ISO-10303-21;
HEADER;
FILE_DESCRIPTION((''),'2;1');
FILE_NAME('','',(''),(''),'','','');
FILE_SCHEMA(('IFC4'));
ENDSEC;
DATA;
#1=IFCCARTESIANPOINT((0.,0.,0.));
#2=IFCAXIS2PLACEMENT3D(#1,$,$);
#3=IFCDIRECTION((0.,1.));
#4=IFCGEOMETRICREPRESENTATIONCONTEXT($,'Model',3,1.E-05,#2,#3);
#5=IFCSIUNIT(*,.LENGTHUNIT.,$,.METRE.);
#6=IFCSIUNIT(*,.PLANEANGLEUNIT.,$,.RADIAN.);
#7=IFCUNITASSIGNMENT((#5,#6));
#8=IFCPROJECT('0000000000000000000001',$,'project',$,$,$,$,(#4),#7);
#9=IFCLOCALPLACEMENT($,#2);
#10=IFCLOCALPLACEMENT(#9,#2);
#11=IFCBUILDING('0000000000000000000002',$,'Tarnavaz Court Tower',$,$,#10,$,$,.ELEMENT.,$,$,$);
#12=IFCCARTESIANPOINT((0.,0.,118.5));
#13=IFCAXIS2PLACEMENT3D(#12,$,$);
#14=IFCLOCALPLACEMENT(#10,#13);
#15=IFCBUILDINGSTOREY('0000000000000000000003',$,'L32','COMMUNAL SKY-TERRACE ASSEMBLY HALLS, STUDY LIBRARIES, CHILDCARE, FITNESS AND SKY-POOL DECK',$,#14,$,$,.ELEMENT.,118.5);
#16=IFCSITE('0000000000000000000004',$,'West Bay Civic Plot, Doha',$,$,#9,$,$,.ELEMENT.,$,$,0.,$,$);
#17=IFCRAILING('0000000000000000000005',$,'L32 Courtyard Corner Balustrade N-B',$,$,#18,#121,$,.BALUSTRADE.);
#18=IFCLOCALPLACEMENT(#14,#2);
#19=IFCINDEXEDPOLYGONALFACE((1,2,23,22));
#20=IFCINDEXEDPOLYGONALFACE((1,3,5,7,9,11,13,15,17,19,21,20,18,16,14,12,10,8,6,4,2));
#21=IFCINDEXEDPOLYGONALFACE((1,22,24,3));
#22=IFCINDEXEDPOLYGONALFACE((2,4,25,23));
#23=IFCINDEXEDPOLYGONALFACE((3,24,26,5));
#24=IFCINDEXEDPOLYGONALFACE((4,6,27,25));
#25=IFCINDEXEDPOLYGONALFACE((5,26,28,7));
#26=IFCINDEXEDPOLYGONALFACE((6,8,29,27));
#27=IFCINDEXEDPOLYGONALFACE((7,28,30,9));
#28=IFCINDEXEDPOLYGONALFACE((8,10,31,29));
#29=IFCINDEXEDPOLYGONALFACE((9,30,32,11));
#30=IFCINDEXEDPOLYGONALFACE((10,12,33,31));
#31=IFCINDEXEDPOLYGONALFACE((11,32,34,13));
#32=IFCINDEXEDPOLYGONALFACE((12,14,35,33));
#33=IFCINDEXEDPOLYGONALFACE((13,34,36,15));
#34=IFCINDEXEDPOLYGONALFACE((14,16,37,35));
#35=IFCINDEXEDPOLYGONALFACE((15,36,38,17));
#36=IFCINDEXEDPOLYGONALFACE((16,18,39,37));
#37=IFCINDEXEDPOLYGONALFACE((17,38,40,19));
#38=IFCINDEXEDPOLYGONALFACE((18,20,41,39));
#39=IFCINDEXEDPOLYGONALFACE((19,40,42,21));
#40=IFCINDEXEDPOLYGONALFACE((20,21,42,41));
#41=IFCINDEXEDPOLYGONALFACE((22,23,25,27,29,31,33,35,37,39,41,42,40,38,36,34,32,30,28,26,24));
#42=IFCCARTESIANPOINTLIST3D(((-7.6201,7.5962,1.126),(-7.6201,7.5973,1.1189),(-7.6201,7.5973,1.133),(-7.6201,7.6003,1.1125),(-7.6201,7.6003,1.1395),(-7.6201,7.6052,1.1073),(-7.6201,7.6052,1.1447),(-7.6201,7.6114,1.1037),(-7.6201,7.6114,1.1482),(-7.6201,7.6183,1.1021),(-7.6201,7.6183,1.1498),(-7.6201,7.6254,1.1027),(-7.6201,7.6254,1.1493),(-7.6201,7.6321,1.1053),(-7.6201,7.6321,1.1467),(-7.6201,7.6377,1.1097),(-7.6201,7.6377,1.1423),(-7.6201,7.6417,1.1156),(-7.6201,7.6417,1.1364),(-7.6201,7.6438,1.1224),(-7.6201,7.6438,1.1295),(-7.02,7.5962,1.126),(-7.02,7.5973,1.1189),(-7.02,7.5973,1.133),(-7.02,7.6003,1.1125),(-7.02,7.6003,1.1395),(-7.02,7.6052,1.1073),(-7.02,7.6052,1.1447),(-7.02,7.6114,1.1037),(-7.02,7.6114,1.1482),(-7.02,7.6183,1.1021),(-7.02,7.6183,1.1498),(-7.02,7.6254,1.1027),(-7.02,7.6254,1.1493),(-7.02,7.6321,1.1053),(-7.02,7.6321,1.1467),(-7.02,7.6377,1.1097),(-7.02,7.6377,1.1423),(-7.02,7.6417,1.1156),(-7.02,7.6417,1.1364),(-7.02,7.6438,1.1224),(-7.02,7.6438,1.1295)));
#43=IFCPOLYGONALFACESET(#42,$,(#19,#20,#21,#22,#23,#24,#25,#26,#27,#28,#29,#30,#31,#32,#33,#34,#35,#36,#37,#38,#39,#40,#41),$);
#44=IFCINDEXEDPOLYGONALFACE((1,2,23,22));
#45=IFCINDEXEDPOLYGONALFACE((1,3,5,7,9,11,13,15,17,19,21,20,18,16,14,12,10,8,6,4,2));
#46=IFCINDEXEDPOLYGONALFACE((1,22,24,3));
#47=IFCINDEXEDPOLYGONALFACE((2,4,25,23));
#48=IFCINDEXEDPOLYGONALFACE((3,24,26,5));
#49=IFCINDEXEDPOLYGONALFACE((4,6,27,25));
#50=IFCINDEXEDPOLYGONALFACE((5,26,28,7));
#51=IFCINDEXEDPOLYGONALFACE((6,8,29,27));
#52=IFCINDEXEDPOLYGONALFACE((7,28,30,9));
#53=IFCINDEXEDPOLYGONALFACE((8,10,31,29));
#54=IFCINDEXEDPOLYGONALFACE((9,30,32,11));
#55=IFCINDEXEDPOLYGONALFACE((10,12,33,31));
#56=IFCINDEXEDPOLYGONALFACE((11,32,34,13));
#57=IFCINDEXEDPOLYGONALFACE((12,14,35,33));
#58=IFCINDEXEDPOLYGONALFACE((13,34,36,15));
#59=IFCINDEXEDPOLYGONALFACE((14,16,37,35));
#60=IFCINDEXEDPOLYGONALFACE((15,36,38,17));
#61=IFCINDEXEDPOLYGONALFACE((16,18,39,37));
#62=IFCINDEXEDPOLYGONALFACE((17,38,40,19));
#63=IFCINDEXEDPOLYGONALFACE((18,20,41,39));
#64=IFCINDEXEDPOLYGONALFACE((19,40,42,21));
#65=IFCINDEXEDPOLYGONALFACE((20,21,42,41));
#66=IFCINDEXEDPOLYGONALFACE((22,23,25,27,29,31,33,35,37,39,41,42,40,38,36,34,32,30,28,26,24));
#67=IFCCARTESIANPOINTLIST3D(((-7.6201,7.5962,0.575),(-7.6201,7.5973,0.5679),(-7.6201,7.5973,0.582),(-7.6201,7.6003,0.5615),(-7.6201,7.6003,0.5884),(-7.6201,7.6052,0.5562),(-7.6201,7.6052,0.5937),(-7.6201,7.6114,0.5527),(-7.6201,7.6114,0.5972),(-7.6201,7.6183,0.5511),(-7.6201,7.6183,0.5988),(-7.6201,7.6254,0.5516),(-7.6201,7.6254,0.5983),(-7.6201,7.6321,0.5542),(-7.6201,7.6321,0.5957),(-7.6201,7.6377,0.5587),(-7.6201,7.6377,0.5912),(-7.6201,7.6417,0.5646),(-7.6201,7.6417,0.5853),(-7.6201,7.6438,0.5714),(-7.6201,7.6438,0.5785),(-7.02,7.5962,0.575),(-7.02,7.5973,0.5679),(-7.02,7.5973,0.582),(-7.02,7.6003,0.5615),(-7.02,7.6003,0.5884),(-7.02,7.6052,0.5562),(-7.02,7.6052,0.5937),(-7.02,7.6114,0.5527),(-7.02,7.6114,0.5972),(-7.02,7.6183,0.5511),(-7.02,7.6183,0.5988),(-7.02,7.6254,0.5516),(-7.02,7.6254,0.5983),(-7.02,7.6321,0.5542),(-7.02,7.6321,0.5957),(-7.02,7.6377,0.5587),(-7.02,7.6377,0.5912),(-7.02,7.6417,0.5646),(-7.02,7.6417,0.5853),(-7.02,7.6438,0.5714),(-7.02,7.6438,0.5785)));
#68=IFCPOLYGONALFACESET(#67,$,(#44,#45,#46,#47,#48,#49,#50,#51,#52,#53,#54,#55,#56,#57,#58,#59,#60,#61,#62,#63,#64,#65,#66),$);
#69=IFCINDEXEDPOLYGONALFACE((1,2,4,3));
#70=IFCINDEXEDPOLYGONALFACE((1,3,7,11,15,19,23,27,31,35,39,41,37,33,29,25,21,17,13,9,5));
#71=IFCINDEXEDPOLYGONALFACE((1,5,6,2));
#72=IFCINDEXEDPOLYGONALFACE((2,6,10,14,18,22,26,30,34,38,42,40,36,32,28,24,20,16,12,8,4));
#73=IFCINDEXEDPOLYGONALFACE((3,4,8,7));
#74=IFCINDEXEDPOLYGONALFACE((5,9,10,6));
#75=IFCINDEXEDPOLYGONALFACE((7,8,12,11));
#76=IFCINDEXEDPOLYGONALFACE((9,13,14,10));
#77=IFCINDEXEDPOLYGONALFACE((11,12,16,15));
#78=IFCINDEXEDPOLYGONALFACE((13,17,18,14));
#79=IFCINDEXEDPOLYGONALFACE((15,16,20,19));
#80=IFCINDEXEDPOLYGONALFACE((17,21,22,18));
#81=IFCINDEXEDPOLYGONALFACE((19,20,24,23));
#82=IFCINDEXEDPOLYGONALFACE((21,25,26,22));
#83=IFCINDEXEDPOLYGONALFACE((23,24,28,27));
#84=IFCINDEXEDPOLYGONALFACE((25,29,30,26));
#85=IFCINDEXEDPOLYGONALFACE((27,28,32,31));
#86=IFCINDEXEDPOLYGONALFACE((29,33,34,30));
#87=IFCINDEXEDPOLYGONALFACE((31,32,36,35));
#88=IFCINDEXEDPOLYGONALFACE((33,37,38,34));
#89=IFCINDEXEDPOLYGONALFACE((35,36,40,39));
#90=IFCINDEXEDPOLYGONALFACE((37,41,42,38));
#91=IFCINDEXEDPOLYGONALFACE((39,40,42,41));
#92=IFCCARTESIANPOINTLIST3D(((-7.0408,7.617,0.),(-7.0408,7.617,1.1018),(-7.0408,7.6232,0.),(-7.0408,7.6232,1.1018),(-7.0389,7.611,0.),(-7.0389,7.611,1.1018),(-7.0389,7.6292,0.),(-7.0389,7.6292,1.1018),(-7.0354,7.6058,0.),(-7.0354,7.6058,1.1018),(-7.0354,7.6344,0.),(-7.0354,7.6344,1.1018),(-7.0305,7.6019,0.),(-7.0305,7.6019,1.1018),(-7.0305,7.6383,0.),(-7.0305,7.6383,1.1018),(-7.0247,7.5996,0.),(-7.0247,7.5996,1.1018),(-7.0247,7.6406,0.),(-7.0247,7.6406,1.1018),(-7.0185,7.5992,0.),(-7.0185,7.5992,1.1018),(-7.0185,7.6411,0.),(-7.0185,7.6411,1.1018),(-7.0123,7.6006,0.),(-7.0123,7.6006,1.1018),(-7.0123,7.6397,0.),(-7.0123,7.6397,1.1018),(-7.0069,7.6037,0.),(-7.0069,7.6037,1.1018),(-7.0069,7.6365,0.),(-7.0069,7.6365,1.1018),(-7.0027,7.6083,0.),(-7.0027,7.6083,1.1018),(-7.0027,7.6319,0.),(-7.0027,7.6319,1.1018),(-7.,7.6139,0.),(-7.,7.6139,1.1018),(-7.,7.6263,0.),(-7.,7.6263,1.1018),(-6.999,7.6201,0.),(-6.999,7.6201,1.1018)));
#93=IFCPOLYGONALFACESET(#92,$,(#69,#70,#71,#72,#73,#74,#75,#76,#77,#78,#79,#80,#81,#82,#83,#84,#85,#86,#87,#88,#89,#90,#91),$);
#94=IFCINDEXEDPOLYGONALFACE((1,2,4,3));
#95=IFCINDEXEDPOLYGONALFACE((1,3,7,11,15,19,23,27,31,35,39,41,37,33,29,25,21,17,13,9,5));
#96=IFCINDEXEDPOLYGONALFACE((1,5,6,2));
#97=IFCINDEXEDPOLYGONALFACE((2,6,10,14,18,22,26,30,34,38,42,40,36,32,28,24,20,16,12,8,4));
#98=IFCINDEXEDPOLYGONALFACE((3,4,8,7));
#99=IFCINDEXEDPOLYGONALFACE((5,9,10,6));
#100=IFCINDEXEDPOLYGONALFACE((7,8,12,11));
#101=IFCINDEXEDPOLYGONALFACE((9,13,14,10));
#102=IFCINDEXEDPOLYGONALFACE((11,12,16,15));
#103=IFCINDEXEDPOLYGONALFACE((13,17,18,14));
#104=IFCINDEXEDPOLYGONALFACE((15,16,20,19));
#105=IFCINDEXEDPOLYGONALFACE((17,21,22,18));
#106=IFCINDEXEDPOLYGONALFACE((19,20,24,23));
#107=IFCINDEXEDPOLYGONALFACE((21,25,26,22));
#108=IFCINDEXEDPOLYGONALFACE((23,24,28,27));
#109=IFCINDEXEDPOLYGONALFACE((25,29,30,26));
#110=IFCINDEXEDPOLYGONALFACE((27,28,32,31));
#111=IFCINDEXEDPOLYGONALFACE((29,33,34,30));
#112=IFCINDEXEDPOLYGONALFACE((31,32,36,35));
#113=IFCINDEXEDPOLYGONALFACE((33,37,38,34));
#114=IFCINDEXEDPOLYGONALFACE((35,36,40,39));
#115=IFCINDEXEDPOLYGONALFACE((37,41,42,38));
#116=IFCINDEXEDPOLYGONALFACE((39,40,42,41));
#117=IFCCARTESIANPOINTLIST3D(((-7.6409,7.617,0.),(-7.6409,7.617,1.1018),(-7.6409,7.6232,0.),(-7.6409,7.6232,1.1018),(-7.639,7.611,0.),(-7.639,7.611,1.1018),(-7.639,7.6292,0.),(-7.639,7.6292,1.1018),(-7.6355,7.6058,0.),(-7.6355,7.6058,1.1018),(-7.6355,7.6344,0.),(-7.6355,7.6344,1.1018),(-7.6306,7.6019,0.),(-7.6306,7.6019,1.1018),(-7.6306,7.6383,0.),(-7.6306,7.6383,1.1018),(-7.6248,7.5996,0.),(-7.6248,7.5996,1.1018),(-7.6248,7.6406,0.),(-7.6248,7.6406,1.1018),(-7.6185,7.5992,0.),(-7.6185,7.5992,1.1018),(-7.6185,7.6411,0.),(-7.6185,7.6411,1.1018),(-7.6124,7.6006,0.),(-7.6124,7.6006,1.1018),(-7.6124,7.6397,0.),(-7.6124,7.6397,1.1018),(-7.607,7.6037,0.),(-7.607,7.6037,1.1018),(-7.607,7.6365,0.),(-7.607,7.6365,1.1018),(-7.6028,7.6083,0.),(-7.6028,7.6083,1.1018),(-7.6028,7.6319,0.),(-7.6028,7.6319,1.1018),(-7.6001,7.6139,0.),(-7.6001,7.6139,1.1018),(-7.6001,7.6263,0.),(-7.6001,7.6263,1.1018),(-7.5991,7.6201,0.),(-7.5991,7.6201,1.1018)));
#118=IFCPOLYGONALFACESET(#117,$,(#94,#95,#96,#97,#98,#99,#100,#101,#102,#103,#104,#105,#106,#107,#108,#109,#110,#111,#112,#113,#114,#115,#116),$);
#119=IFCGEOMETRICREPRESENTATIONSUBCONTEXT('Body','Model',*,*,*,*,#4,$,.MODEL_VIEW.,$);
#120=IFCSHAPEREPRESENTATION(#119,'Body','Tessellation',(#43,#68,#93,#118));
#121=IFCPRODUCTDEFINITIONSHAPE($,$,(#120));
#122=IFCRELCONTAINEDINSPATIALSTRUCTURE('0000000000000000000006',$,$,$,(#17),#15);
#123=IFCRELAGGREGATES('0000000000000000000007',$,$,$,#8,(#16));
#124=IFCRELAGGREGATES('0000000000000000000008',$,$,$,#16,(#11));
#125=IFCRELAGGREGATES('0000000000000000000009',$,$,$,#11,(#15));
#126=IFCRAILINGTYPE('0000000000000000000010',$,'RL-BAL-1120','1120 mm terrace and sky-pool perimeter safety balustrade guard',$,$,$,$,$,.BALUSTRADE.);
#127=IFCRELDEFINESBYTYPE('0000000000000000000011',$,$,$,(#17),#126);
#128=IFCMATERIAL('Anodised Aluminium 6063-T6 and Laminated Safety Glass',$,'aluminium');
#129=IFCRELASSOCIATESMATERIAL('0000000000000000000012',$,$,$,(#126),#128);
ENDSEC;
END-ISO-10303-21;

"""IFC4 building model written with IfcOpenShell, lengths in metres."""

from ifc_helpers import new_model, si_unit, direction, frame, origin, origin_2d, place, context, subcontext, project, spatial, circle, extrude, material, type_object, element, save


model = new_model("IFC4")

# Units and contexts
model_context = context("Model", 3, precision=1e-05, world=origin(), true_north=direction((0.0, 1.0)))
body_context = subcontext(model_context, "Body", "Model", "MODEL_VIEW")
ifc_project = project(units=[si_unit("LENGTHUNIT", "METRE"), si_unit("PLANEANGLEUNIT", "RADIAN")], contexts=[model_context])

# Site, building, storey
site_placement = place(None, origin())
site = spatial("IfcSite", under=ifc_project, at=site_placement, Name="West Bay Civic Plot, Doha", CompositionType="ELEMENT", RefElevation=0.0)
building_placement = place(site_placement, origin())
building = spatial("IfcBuilding", under=site, at=building_placement, Name="Tarnavaz Court Tower", CompositionType="ELEMENT")
storey_placement = place(building_placement, frame((0.0, 0.0, 118.5)))
storey = spatial("IfcBuildingStorey", under=building, at=storey_placement, Name="L32", Description="COMMUNAL SKY-TERRACE ASSEMBLY HALLS, STUDY LIBRARIES, CHILDCARE, FITNESS AND SKY-POOL DECK", CompositionType="ELEMENT", Elevation=118.5)

# Railing
ifc_material_1 = material(Name="Anodised Aluminium 6063-T6 and Laminated Safety Glass", Category="aluminium")
railing_type_1 = type_object("IfcRailingType", Name="RL-BAL-1120", Description="1120 mm terrace and sky-pool perimeter safety balustrade guard", PredefinedType="BALUSTRADE", material=ifc_material_1)
railing_1_placement = place(storey_placement, frame((-7.02, 7.6201, 0.0)))
element("IfcRailing", 1, at=railing_1_placement, inside=storey, type_object=railing_type_1, Name="L32 Courtyard Corner Balustrade N-B", PredefinedType="BALUSTRADE", context=body_context, shape_type="SweptSolid", body=[
    extrude(circle(Radius=0.0239, at=origin_2d()), frame((0.0, 0.0, 1.126), z_axis=(-1.0, 0.0, 0.0), x_axis=(0.0, -1.0, 0.0)), (0.0, 0.0, 1.0), 0.6001),
    extrude(circle(Radius=0.0239, at=origin_2d()), frame((0.0, 0.0, 0.575), z_axis=(-1.0, 0.0, 0.0), x_axis=(0.0, -1.0, 0.0)), (0.0, 0.0, 1.0), 0.6001),
    extrude(circle(Radius=0.021, at=origin_2d()), origin(), (0.0, 0.0, 1.0), 1.1018),
    extrude(circle(Radius=0.021, at=origin_2d()), frame((-0.6001, 0.0, 0.0)), (0.0, 0.0, 1.0), 1.1018),
])

save(model, "model.ifc")
